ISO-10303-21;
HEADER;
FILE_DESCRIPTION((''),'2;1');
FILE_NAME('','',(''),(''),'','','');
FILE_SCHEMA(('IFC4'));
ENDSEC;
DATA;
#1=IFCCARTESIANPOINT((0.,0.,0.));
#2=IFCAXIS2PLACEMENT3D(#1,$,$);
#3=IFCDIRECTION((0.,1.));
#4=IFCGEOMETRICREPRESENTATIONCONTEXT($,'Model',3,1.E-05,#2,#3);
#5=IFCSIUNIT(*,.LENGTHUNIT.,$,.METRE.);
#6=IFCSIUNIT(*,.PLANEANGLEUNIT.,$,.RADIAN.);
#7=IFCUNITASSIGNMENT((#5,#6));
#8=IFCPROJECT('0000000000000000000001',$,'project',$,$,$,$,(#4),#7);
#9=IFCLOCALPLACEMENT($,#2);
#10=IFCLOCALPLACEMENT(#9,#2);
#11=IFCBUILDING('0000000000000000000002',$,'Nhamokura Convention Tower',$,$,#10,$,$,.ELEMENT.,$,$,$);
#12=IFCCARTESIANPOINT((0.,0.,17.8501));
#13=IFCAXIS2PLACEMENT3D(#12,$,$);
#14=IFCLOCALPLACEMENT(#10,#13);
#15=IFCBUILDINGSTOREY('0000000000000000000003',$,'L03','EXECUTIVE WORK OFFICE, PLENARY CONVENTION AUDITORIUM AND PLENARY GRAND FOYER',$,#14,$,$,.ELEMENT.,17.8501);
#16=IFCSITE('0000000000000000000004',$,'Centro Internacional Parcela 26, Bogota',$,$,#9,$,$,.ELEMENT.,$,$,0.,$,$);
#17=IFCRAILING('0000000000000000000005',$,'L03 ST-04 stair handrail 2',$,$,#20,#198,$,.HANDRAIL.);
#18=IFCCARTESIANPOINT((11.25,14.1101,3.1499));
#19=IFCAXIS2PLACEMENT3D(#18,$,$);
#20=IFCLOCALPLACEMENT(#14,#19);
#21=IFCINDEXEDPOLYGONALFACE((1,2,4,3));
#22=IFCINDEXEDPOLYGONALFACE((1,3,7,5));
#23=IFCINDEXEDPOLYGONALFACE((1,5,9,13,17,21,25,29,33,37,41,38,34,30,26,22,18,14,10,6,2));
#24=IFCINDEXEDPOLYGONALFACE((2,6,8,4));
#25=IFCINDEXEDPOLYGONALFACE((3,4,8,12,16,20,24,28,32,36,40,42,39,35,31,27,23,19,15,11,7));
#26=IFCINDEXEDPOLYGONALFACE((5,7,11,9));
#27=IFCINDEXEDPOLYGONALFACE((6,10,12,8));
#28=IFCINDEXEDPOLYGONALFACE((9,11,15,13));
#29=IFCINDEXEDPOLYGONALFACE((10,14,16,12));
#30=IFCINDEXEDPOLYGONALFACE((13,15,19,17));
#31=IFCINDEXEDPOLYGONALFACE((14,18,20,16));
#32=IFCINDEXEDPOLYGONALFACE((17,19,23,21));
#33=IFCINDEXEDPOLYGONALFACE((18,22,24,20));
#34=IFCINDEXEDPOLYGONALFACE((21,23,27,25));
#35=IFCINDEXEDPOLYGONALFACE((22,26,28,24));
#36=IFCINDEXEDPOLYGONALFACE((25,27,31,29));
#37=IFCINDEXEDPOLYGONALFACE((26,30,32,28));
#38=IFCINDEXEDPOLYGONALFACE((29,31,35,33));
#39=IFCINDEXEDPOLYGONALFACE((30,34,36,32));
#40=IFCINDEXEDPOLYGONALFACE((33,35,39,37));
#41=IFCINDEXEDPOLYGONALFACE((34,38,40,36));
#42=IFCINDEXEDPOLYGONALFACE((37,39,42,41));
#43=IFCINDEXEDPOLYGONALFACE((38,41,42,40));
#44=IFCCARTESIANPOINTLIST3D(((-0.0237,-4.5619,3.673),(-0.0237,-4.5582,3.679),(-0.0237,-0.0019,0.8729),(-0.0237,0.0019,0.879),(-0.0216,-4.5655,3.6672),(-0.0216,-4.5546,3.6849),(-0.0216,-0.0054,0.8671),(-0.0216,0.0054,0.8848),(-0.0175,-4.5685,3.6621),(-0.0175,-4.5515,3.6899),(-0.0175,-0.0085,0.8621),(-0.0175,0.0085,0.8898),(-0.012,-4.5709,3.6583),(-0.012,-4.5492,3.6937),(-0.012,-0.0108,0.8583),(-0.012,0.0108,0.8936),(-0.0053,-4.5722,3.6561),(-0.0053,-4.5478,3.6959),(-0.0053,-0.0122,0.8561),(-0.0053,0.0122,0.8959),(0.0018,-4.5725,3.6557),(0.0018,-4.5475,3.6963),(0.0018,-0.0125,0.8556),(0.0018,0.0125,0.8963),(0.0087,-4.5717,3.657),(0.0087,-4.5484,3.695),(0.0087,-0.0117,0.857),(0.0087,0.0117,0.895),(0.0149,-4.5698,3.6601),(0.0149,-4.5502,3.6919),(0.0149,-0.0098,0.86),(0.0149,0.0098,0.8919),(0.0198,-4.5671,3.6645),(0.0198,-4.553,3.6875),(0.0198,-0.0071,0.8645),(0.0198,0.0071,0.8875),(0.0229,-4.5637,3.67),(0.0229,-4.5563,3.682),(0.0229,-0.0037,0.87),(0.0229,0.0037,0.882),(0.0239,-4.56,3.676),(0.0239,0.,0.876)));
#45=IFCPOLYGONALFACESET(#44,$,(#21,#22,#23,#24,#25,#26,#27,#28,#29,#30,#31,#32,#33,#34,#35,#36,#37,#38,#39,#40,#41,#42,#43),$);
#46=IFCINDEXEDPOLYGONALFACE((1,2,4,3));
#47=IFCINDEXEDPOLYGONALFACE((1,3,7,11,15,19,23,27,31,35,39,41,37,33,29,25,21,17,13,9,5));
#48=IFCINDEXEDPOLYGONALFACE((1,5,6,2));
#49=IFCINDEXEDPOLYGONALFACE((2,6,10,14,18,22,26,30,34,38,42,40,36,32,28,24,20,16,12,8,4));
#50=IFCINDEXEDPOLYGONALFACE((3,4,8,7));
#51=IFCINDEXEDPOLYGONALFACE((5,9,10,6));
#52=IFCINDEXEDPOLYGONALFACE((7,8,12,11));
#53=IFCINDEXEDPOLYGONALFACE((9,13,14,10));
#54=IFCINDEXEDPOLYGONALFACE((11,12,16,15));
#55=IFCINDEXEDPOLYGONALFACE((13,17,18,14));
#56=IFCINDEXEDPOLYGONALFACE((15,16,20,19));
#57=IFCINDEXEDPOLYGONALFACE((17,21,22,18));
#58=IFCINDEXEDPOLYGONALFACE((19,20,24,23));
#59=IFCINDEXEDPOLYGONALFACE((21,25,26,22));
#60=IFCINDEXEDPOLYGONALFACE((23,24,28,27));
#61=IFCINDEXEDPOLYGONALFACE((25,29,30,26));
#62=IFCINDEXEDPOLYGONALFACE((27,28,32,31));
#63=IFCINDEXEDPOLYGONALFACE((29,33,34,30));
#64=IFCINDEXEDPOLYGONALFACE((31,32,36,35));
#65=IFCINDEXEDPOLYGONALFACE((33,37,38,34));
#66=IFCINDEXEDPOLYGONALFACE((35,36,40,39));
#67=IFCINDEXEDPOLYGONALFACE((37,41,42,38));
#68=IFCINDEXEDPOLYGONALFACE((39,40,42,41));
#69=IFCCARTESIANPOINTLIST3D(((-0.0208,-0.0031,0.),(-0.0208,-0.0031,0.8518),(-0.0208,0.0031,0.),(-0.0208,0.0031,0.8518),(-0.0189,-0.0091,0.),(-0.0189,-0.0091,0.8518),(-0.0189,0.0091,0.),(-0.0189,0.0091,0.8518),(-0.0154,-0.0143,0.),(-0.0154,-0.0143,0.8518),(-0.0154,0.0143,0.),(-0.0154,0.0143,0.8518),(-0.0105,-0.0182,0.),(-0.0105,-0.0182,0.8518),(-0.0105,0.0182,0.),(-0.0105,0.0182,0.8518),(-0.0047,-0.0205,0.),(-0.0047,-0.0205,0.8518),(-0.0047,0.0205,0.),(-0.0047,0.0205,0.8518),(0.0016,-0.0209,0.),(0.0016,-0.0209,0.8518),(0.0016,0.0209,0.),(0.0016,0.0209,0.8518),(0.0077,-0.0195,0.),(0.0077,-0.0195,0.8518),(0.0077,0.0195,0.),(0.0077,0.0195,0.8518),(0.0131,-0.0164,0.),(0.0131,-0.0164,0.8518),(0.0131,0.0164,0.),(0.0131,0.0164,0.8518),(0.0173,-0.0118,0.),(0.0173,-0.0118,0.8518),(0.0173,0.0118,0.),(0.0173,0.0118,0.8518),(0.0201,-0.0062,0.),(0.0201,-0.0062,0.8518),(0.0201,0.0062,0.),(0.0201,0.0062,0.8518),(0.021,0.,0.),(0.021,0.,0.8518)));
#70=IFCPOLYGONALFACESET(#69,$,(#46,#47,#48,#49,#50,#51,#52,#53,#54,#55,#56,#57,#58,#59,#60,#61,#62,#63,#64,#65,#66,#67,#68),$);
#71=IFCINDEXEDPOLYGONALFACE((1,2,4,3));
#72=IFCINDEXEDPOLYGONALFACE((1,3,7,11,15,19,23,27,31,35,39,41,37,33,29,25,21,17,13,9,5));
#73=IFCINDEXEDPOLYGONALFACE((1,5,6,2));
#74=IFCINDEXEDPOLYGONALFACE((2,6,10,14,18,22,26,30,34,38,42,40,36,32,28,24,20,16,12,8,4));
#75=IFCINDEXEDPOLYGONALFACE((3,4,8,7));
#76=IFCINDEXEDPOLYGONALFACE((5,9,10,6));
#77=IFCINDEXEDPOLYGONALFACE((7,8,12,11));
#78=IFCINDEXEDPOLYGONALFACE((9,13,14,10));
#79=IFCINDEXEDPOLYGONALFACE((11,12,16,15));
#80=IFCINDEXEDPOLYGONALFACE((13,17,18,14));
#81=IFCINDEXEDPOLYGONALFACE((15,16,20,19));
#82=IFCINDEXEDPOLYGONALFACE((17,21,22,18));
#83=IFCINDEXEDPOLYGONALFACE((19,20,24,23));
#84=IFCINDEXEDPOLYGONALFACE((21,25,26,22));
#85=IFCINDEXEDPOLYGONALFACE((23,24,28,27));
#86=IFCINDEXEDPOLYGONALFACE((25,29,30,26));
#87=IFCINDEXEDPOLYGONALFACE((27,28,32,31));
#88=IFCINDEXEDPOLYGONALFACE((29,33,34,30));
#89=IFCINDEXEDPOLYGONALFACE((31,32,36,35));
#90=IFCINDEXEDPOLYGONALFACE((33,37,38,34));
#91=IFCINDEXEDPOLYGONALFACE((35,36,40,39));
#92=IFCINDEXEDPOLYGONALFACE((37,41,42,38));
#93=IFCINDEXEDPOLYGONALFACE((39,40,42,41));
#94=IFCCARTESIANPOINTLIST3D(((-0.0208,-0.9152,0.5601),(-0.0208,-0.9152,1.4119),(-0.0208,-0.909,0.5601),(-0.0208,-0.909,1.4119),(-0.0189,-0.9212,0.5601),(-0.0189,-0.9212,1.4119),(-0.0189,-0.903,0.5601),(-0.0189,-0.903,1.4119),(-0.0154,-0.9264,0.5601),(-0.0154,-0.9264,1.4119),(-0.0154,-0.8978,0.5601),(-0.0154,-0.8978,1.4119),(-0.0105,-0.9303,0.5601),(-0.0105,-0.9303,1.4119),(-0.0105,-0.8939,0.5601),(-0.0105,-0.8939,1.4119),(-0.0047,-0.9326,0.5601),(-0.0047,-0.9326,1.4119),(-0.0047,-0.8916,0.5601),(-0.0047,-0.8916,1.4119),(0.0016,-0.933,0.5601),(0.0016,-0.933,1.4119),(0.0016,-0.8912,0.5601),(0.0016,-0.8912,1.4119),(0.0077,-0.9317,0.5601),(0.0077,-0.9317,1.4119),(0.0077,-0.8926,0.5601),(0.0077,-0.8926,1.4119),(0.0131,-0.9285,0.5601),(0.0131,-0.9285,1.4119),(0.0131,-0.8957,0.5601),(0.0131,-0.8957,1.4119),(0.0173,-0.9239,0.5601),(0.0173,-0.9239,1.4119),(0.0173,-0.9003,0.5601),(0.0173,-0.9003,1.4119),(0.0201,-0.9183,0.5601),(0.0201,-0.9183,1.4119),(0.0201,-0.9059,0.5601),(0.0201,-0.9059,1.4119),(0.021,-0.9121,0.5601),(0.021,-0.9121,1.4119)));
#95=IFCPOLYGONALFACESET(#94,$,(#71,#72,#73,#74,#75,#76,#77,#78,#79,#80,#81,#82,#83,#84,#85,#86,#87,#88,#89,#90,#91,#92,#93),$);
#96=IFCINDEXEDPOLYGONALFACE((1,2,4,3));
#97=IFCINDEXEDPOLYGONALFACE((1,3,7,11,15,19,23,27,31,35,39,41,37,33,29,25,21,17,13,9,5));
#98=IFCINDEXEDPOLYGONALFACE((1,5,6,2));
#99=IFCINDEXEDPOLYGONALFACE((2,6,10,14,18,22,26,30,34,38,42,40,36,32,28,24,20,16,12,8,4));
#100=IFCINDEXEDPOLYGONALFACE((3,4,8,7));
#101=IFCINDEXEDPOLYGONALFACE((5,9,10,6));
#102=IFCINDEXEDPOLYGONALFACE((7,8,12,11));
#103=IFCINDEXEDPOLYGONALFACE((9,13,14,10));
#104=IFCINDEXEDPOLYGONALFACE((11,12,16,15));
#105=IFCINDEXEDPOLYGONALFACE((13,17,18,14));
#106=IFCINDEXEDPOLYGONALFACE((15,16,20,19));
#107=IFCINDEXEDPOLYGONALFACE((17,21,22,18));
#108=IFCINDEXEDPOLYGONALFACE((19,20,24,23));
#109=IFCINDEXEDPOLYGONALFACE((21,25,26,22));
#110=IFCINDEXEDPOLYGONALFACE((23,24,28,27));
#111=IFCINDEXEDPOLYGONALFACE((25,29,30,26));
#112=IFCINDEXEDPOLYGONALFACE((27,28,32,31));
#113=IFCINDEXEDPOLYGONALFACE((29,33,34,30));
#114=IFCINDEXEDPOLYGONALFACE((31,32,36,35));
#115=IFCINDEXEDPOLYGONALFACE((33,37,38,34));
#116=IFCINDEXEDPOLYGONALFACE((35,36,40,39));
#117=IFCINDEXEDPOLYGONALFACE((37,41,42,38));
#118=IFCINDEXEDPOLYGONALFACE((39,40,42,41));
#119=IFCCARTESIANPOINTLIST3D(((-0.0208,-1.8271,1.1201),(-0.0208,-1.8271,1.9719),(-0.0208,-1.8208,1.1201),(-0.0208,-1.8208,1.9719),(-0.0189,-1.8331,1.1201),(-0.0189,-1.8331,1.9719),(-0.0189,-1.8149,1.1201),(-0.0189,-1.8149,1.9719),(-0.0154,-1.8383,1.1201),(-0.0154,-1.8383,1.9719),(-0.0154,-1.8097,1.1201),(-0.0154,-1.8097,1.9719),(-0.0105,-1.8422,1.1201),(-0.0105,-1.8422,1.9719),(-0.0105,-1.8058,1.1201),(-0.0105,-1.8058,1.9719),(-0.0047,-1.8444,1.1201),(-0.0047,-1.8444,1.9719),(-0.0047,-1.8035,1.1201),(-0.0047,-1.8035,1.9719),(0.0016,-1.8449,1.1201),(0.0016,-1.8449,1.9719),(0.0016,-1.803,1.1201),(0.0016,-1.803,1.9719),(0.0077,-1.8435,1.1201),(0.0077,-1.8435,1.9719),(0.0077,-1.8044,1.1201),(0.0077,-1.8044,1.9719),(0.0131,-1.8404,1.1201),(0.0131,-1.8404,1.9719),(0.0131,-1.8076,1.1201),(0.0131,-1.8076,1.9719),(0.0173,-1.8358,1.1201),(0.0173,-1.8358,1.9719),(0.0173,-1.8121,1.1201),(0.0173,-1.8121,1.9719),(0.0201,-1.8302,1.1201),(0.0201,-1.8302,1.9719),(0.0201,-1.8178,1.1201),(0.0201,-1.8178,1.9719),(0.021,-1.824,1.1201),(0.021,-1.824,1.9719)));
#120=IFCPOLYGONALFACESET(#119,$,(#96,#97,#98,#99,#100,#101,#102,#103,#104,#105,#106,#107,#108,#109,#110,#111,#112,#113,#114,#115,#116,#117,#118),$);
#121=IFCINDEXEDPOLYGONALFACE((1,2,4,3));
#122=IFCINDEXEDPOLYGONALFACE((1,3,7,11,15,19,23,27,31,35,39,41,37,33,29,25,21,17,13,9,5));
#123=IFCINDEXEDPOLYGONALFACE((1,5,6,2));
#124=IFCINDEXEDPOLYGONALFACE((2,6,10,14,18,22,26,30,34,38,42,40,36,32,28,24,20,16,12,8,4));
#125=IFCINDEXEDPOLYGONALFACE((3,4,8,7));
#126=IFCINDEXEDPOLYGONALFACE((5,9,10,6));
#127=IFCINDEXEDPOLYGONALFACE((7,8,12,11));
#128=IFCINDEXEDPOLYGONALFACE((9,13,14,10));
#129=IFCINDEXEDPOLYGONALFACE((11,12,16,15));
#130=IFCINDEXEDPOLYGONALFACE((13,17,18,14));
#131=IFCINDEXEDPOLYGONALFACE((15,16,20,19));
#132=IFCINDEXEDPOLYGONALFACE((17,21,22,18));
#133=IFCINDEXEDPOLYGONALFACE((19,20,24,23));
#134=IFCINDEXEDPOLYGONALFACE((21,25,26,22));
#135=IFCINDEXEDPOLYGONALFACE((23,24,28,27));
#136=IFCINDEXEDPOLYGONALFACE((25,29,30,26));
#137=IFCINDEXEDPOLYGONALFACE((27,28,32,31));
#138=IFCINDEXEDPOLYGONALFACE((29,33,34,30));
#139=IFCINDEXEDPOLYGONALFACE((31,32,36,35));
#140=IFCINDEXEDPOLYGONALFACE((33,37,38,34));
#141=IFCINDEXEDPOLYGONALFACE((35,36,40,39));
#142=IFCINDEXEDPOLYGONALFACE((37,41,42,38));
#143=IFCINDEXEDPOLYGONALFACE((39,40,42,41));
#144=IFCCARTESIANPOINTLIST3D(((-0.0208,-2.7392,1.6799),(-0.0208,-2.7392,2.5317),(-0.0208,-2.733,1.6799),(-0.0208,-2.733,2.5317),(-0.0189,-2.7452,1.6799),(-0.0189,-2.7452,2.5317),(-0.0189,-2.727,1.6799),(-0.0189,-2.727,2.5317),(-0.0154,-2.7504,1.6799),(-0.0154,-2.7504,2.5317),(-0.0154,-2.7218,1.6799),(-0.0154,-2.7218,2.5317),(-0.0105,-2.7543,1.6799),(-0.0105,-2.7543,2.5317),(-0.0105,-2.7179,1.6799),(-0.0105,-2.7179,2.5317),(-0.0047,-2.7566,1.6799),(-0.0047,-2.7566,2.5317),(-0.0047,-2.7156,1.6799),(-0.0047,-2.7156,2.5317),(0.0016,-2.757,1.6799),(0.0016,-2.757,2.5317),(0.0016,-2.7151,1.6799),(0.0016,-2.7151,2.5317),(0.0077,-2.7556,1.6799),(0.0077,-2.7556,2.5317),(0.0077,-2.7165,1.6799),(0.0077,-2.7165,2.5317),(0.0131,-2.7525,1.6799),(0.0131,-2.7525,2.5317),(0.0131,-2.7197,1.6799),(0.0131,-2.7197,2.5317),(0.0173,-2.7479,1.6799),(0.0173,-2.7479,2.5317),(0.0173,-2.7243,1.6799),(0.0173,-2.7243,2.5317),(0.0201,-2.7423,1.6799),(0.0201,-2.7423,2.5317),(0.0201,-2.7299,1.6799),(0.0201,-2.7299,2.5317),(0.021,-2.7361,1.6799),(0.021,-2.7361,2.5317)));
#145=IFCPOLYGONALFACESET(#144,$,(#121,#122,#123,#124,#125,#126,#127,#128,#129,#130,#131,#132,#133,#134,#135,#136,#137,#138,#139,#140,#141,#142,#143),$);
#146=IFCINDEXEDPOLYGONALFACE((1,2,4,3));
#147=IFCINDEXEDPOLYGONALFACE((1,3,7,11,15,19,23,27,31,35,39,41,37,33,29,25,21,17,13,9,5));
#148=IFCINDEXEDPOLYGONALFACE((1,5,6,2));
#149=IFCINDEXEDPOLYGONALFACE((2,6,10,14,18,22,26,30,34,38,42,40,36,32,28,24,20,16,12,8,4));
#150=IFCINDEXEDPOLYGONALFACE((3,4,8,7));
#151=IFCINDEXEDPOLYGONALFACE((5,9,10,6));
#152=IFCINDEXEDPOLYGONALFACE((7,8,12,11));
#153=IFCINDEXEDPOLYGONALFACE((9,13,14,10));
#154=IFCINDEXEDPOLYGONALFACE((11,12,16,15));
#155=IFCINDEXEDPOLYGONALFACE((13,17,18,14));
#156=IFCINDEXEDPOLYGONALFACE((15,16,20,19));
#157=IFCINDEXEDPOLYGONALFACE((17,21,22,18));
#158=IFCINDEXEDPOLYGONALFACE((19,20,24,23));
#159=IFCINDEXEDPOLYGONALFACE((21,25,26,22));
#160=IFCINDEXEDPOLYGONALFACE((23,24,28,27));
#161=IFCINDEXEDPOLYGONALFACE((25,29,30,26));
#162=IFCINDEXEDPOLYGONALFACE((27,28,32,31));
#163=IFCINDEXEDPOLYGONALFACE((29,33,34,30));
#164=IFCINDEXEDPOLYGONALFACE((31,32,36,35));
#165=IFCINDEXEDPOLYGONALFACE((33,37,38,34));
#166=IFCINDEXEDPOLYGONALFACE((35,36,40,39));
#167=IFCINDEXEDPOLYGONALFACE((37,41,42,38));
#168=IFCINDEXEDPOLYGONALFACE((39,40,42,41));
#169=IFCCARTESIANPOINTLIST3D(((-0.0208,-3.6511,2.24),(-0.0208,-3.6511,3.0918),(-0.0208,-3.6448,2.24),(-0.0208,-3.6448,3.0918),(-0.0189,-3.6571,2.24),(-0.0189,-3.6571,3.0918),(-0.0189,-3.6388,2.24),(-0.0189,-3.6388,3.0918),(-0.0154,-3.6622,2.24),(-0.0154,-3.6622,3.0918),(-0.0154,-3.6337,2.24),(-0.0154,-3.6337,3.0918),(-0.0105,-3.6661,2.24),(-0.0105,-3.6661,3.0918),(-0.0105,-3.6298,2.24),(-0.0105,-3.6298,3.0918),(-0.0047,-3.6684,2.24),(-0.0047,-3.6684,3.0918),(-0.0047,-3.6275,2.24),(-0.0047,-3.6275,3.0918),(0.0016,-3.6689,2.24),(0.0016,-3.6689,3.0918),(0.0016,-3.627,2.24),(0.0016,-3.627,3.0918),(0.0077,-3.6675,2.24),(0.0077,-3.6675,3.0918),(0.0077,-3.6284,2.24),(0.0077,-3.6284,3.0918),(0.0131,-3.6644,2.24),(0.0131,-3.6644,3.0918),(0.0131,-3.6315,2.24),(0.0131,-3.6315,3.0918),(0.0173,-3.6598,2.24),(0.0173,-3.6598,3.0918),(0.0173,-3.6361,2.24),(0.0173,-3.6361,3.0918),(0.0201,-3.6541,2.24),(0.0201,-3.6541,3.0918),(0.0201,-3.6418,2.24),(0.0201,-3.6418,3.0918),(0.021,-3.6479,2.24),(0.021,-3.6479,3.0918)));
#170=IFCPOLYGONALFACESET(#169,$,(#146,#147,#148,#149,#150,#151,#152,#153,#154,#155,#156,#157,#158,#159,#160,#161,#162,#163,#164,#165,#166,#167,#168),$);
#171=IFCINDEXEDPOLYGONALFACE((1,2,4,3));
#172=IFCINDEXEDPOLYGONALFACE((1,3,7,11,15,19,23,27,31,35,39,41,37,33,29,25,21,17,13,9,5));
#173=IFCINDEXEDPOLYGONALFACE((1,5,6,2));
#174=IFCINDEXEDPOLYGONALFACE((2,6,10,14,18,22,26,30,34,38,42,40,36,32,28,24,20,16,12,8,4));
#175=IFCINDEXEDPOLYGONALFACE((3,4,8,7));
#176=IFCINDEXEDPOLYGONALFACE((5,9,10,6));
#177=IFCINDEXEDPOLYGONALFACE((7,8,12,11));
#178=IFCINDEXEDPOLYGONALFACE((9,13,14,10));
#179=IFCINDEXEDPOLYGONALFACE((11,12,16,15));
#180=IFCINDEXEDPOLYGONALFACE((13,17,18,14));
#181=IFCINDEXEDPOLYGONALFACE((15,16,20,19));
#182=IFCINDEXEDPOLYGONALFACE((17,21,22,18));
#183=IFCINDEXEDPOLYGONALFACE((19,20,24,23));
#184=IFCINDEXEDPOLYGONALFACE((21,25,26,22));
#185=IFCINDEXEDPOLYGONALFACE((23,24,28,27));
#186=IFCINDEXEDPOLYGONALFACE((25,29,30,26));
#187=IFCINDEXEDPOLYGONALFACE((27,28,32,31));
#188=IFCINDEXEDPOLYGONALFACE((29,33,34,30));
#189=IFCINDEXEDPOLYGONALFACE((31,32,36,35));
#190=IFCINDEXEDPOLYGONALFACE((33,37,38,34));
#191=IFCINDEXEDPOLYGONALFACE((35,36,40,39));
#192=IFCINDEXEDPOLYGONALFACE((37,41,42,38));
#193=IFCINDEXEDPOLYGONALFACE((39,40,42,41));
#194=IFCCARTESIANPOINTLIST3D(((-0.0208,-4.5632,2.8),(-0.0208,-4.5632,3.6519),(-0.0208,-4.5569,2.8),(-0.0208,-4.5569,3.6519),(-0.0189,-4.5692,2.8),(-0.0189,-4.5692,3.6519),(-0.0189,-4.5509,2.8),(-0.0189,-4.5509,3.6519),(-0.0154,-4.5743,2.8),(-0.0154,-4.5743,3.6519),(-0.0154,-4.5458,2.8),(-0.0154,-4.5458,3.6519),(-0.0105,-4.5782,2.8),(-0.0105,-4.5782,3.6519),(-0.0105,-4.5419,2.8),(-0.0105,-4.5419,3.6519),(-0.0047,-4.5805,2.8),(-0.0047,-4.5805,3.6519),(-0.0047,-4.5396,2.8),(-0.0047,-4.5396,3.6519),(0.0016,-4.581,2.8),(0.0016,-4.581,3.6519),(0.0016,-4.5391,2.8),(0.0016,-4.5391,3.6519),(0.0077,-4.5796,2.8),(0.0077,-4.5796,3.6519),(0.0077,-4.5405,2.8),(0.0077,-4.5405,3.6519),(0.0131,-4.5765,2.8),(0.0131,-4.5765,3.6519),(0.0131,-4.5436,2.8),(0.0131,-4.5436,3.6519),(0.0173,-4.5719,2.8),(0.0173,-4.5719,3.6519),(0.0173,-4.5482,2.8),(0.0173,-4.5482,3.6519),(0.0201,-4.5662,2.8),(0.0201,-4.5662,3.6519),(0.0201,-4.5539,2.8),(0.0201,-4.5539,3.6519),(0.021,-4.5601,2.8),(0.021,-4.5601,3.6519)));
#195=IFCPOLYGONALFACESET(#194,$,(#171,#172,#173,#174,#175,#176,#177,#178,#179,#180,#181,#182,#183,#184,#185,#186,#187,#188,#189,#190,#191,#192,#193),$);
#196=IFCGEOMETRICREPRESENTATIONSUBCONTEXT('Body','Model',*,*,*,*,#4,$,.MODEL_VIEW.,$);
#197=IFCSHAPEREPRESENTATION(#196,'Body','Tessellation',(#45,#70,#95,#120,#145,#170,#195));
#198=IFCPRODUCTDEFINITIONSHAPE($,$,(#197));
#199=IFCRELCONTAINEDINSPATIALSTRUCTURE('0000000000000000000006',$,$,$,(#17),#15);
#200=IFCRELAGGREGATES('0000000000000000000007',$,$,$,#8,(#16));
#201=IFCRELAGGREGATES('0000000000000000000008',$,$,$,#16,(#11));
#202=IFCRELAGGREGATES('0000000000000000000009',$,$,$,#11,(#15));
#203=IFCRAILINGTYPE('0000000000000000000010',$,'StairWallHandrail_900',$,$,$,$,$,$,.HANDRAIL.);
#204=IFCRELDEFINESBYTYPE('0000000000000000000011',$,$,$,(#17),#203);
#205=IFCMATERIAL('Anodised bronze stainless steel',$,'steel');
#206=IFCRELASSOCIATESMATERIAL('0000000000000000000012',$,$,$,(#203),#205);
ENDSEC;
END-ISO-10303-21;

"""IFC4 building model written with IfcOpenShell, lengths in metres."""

from ifc_helpers import new_model, si_unit, direction, frame, origin, origin_2d, place, context, subcontext, project, spatial, circle, extrude, material, type_object, element, save


model = new_model("IFC4")

# Units and contexts
model_context = context("Model", 3, precision=1e-05, world=origin(), true_north=direction((0.0, 1.0)))
body_context = subcontext(model_context, "Body", "Model", "MODEL_VIEW")
ifc_project = project(units=[si_unit("LENGTHUNIT", "METRE"), si_unit("PLANEANGLEUNIT", "RADIAN")], contexts=[model_context])

# Site, building, storey
site_placement = place(None, origin())
site = spatial("IfcSite", under=ifc_project, at=site_placement, Name="Centro Internacional Parcela 26, Bogota", CompositionType="ELEMENT", RefElevation=0.0)
building_placement = place(site_placement, origin())
building = spatial("IfcBuilding", under=site, at=building_placement, Name="Nhamokura Convention Tower", CompositionType="ELEMENT")
storey_placement = place(building_placement, frame((0.0, 0.0, 17.8501)))
storey = spatial("IfcBuildingStorey", under=building, at=storey_placement, Name="L03", Description="EXECUTIVE WORK OFFICE, PLENARY CONVENTION AUDITORIUM AND PLENARY GRAND FOYER", CompositionType="ELEMENT", Elevation=17.8501)

# Railing
ifc_material_1 = material(Name="Anodised bronze stainless steel", Category="steel")
railing_type = type_object("IfcRailingType", Name="StairWallHandrail_900", PredefinedType="HANDRAIL", material=ifc_material_1)
railing_placement = place(storey_placement, frame((11.25, 14.1101, 3.1499)))
element("IfcRailing", 1, at=railing_placement, inside=storey, type_object=railing_type, Name="L03 ST-04 stair handrail 2", PredefinedType="HANDRAIL", context=body_context, shape_type="SweptSolid", body=[
    extrude(circle(Radius=0.0239, at=origin_2d()), frame((0.0, 0.0, 0.876), z_axis=(0.0, -0.85217, 0.523265), x_axis=(1.0, 0.0, 0.0)), (0.0, 0.0, 1.0), 5.3511),
    extrude(circle(Radius=0.021, at=origin_2d()), origin(), (0.0, 0.0, 1.0), 0.8518),
    extrude(circle(Radius=0.021, at=origin_2d()), frame((0.0, -0.9121, 0.5601)), (0.0, 0.0, 1.0), 0.8518),
    extrude(circle(Radius=0.021, at=origin_2d()), frame((0.0, -1.824, 1.1201)), (0.0, 0.0, 1.0), 0.8518),
    extrude(circle(Radius=0.021, at=origin_2d()), frame((0.0, -2.7361, 1.6799)), (0.0, 0.0, 1.0), 0.8518),
    extrude(circle(Radius=0.021, at=origin_2d()), frame((0.0, -3.6479, 2.24)), (0.0, 0.0, 1.0), 0.8518),
    extrude(circle(Radius=0.021, at=origin_2d()), frame((0.0, -4.5601, 2.8)), (0.0, 0.0, 1.0), 0.8518),
])

save(model, "model.ifc")
